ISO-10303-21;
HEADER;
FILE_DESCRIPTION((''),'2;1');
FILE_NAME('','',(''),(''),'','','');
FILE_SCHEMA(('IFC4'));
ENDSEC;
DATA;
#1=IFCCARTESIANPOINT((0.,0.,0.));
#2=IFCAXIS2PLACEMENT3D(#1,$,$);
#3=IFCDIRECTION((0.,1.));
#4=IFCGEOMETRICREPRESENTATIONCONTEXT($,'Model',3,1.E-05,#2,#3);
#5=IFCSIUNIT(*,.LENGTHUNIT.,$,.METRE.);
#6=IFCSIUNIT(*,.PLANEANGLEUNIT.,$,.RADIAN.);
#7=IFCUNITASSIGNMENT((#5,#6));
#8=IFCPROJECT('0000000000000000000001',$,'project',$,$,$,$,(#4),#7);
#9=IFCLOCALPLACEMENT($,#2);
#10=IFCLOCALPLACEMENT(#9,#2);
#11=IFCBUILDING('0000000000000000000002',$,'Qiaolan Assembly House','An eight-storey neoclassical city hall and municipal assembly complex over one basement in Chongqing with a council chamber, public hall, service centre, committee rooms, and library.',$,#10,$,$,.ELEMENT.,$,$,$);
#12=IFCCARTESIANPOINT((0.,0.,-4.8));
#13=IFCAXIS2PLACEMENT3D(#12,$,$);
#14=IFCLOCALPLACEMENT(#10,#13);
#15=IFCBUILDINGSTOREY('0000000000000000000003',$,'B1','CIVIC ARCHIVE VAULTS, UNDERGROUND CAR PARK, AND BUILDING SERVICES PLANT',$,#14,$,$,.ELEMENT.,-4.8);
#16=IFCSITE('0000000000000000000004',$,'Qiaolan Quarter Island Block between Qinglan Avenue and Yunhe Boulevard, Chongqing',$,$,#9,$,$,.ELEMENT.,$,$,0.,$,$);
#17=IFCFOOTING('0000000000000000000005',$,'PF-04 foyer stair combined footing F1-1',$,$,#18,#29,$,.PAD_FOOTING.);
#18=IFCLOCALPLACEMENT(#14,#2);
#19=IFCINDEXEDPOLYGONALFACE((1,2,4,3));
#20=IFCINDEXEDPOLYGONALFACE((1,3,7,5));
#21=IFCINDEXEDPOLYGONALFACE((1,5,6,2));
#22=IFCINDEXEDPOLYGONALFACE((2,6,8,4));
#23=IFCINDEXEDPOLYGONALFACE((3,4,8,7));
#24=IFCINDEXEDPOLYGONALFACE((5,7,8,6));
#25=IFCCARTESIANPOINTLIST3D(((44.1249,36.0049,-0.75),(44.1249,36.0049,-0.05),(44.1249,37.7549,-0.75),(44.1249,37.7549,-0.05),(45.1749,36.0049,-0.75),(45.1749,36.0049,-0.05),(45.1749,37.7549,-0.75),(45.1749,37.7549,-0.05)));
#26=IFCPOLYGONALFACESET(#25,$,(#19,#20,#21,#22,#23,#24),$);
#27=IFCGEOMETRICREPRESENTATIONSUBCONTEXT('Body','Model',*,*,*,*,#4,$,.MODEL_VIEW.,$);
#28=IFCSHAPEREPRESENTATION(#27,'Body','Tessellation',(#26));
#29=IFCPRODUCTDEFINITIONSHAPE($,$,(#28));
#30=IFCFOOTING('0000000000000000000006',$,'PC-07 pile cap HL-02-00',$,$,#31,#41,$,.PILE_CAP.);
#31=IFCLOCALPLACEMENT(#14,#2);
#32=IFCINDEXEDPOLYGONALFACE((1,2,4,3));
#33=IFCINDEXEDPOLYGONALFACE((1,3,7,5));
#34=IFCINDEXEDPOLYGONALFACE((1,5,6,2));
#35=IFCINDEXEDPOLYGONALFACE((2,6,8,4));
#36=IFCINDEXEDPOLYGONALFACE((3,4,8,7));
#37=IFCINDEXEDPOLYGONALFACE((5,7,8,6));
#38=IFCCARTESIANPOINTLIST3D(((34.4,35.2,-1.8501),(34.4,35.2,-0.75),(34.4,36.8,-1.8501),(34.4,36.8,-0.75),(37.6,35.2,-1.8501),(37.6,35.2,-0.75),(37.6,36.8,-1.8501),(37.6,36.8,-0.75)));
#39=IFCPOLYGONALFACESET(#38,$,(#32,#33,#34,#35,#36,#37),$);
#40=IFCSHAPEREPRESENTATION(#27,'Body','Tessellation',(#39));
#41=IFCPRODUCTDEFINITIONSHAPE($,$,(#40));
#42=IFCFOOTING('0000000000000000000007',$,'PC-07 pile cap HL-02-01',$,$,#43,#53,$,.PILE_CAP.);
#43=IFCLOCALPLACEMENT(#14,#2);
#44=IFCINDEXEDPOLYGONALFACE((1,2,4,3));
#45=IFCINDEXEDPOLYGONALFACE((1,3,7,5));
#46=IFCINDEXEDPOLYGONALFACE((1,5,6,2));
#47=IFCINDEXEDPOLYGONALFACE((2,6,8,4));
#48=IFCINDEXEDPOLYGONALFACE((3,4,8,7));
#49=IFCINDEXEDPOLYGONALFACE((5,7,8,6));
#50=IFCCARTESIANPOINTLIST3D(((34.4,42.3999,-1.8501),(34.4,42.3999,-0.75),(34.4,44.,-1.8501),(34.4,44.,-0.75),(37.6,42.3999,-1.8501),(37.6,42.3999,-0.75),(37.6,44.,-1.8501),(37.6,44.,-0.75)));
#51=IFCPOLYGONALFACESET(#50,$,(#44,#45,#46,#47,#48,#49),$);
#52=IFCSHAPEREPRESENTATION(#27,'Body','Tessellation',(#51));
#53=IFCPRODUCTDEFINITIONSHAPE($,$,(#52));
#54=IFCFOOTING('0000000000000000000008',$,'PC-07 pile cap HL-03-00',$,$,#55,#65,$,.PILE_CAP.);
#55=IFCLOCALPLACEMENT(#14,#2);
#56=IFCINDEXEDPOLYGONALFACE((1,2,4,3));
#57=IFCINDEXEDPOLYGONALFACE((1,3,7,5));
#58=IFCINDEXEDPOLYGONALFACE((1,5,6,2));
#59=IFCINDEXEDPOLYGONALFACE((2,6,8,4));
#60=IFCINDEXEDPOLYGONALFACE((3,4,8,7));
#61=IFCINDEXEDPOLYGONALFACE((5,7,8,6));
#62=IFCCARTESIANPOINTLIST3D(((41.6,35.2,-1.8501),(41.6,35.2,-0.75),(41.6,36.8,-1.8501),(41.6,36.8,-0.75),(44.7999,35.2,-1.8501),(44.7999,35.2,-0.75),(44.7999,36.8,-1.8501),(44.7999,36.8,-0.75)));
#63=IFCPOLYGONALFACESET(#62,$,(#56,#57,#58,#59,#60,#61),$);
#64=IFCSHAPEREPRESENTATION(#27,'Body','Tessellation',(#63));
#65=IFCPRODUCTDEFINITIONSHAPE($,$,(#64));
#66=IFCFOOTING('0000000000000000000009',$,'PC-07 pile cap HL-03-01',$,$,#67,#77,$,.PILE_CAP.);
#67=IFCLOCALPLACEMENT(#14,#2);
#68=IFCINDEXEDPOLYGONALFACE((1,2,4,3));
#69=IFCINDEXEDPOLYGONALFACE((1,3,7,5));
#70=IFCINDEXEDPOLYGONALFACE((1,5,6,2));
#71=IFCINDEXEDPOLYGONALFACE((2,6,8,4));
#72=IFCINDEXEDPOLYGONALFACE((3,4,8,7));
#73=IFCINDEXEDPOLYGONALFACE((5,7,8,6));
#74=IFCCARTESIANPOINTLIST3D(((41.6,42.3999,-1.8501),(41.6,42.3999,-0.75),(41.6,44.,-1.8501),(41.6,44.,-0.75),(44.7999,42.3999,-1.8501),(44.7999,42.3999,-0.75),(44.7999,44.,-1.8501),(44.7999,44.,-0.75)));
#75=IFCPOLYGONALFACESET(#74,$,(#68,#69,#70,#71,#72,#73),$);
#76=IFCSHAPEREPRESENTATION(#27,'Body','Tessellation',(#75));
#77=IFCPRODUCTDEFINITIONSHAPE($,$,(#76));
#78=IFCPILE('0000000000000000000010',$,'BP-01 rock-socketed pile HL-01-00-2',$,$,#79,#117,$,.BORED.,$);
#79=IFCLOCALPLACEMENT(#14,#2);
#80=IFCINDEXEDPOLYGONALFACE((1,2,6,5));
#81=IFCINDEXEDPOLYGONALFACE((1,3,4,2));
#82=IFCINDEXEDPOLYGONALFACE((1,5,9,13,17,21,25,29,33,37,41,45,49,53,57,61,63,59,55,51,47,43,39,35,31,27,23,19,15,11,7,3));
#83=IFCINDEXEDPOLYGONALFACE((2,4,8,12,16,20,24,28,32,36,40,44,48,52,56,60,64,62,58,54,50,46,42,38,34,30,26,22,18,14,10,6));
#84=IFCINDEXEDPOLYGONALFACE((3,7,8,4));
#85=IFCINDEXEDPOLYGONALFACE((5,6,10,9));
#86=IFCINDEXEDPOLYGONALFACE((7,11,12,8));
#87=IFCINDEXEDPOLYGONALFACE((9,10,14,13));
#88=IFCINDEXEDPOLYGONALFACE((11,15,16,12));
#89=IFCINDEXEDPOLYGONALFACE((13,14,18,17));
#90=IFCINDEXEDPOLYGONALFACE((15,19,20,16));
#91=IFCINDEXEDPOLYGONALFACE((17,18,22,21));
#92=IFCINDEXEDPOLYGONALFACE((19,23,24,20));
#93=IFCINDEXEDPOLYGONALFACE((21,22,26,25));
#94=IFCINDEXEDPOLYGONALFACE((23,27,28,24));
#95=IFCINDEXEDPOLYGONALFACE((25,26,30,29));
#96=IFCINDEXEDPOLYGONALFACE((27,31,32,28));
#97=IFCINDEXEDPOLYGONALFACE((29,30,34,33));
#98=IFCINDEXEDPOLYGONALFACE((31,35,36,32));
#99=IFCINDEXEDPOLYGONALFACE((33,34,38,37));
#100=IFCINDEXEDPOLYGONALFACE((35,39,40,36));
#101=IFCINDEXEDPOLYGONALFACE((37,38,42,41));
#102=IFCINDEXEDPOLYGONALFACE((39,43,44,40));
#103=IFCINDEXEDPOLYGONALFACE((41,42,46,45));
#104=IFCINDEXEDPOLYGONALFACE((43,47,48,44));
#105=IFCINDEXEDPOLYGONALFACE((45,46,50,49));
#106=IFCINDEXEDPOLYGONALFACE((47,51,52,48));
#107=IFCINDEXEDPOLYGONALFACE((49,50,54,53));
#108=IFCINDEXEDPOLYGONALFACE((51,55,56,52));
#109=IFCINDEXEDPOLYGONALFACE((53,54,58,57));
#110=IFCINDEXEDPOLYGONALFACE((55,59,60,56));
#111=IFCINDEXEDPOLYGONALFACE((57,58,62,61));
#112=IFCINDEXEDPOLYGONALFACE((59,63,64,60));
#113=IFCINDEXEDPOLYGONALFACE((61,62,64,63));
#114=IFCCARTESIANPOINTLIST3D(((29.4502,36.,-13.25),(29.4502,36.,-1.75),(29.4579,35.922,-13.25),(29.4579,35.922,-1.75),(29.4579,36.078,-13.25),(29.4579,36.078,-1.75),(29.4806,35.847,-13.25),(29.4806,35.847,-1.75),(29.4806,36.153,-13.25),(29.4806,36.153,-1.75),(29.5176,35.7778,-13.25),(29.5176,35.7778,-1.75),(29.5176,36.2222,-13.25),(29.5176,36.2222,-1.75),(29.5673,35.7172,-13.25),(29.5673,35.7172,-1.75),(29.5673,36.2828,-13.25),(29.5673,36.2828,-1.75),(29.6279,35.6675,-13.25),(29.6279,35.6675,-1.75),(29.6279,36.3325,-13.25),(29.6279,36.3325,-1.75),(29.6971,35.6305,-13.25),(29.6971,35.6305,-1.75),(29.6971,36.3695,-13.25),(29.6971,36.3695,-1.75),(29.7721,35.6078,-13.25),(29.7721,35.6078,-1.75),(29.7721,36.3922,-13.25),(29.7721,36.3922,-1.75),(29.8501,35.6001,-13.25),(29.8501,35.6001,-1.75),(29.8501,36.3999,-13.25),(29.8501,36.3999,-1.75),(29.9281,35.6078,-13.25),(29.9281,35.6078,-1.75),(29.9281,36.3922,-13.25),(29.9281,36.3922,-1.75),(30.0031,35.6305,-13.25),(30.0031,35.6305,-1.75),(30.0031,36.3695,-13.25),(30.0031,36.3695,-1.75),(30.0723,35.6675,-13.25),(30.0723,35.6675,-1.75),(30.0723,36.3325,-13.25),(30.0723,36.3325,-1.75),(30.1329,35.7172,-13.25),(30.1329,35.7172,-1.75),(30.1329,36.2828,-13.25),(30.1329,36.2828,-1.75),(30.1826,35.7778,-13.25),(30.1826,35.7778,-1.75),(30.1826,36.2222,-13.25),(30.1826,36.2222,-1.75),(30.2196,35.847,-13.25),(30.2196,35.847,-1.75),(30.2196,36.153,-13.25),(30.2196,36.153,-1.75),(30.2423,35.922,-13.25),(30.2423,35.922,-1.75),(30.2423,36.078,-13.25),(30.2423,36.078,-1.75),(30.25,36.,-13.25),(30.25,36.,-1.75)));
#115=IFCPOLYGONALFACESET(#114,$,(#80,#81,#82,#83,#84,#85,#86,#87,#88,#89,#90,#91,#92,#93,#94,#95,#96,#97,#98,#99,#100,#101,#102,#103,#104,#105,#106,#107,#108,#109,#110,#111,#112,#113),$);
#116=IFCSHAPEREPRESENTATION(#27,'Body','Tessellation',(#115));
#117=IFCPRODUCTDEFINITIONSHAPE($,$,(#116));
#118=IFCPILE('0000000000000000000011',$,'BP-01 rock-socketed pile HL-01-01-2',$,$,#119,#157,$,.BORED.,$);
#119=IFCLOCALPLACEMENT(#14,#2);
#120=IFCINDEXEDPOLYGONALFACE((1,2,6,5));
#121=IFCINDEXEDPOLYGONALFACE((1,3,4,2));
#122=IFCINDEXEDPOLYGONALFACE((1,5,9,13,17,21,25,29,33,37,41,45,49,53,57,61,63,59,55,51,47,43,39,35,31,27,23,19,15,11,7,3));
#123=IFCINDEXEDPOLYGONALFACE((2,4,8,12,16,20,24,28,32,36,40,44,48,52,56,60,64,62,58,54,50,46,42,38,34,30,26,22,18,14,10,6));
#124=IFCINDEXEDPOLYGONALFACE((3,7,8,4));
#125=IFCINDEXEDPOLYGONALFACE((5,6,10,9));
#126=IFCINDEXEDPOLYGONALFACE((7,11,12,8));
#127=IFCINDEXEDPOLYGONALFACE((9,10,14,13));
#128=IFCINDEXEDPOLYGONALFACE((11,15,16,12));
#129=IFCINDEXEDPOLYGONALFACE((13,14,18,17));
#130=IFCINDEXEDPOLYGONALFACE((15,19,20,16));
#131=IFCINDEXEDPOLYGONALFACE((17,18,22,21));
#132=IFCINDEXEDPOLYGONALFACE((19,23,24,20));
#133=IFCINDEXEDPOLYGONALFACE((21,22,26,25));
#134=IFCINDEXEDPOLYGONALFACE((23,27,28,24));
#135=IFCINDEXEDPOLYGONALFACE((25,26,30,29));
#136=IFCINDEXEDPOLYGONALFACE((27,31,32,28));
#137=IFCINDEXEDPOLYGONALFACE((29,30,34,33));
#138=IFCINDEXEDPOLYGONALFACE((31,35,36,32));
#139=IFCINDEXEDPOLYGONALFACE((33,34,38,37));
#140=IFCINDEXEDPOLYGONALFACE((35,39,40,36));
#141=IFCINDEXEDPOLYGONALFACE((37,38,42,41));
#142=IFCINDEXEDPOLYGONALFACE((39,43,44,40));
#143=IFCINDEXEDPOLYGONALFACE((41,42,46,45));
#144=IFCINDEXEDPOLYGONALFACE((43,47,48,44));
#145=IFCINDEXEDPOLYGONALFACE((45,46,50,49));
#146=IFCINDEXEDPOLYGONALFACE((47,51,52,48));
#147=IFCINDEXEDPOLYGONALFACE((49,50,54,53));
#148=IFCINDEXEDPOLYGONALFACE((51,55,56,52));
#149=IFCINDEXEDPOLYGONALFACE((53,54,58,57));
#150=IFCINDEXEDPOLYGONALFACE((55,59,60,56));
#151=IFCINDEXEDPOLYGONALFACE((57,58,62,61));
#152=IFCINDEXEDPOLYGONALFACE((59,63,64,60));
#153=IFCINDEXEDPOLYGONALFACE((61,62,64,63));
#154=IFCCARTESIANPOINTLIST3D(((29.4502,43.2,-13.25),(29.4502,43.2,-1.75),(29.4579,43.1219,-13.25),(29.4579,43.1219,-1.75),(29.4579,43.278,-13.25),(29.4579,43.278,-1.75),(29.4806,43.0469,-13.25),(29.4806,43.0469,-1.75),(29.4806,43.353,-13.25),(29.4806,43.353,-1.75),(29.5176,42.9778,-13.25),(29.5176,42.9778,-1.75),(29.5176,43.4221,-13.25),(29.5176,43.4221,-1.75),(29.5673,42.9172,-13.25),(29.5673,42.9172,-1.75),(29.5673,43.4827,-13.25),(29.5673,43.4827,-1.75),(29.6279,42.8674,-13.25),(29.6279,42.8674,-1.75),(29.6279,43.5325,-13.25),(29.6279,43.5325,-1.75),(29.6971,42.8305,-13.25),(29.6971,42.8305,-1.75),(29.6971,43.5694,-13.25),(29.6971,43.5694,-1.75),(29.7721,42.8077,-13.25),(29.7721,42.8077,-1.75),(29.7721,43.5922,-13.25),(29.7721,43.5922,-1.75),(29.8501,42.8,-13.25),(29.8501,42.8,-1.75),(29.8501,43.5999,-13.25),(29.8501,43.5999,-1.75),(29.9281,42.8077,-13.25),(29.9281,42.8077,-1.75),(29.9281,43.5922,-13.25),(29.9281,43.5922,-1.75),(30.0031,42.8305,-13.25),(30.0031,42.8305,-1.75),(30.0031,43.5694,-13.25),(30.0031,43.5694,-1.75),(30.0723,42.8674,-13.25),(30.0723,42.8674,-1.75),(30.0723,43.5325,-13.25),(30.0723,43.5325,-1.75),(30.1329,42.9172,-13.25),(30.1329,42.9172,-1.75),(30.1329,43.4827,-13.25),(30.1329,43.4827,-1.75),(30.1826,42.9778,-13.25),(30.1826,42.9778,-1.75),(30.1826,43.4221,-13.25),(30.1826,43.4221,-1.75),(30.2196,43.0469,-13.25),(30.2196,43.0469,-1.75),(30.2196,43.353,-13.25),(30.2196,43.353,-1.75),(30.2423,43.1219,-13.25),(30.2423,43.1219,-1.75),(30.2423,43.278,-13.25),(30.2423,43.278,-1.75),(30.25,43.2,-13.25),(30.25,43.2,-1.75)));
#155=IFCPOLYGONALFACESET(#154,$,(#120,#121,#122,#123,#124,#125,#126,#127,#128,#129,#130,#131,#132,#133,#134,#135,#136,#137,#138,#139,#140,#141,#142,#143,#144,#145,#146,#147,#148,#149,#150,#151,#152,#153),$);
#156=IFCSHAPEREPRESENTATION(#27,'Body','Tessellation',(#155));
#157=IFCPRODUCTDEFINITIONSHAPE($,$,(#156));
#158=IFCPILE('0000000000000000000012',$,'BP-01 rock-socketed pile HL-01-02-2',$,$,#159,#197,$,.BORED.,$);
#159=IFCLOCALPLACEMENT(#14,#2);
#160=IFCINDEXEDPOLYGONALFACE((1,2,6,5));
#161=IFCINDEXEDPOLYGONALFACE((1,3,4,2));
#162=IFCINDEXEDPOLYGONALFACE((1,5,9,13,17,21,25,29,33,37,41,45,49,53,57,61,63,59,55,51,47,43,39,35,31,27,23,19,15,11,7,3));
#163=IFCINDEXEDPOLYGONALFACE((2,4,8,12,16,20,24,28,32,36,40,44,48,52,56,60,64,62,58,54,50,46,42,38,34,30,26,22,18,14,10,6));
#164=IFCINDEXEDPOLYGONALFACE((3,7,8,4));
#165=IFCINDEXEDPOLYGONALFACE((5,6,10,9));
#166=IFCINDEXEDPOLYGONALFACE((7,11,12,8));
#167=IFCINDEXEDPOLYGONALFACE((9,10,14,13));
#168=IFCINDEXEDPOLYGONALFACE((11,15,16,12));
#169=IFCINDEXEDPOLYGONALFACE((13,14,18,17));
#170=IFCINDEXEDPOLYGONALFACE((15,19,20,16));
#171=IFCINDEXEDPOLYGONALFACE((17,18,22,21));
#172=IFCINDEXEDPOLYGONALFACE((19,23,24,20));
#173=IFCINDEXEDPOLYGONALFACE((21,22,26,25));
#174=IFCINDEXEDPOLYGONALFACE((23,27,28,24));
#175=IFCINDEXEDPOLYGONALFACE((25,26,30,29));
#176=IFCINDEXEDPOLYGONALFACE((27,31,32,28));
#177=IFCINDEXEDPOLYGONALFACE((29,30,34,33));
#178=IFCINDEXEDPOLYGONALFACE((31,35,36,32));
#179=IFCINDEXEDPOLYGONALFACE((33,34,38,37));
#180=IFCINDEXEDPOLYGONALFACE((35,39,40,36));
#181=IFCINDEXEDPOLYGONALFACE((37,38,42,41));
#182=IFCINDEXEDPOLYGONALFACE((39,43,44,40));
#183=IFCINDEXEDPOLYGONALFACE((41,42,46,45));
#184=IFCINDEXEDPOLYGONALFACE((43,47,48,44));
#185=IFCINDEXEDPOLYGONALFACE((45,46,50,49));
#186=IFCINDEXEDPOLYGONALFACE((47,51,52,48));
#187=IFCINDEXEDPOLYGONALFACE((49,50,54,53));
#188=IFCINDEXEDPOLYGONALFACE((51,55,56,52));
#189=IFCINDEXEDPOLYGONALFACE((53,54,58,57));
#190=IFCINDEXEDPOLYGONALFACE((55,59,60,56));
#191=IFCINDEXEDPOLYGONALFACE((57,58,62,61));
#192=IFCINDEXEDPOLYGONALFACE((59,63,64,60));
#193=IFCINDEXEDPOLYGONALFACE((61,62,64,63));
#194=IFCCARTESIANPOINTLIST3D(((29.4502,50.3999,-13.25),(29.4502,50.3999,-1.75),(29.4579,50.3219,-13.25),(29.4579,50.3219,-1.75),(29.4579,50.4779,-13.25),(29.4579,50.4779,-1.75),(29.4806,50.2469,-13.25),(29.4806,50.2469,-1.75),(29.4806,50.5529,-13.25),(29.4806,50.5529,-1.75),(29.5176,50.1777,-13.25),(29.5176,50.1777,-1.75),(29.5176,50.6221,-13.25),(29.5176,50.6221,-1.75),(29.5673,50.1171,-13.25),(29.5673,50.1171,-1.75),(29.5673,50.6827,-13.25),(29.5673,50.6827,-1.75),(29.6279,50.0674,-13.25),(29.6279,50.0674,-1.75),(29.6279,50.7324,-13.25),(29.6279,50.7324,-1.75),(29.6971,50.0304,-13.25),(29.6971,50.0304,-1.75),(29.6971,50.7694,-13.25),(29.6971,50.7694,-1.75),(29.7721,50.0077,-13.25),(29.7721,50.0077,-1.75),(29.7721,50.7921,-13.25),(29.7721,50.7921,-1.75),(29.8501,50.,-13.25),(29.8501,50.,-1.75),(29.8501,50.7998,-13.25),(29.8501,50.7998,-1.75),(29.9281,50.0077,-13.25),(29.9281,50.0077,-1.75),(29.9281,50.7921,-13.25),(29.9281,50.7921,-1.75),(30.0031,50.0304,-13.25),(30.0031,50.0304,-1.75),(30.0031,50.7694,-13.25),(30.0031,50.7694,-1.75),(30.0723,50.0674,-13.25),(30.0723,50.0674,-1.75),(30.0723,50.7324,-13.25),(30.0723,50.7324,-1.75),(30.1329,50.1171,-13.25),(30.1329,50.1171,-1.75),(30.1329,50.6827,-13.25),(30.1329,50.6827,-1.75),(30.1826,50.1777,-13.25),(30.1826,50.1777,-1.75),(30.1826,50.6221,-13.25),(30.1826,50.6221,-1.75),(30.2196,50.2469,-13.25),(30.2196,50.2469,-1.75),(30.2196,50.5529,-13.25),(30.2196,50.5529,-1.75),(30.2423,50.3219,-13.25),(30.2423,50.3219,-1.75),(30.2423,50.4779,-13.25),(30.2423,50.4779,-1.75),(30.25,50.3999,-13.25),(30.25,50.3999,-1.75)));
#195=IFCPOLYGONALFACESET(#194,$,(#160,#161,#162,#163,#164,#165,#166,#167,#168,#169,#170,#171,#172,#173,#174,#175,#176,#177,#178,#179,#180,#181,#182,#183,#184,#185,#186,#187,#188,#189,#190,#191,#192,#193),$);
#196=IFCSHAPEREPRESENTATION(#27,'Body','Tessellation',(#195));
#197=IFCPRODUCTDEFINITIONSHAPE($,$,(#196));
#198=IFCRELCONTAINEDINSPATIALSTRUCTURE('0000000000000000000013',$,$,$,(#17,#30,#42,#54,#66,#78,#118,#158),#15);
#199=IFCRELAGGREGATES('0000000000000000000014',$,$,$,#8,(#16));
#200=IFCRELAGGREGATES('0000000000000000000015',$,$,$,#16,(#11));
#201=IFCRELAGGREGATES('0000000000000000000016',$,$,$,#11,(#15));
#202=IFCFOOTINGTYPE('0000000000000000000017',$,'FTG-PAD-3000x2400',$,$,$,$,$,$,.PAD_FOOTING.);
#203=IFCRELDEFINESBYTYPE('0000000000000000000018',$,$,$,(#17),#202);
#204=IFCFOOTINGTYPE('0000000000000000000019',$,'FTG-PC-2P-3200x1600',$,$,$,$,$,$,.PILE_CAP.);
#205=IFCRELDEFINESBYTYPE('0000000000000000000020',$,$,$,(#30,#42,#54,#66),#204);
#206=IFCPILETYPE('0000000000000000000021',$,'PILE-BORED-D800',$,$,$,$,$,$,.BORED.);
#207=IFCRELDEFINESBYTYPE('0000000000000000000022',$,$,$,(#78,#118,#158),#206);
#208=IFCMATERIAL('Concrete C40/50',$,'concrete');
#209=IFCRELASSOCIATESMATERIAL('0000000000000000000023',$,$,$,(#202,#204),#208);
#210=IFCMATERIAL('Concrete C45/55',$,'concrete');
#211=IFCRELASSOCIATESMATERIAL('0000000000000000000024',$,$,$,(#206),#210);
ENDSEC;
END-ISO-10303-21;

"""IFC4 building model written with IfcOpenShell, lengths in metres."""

from ifc_helpers import new_model, si_unit, direction, frame, origin, origin_2d, place, context, subcontext, project, spatial, rectangle, circle, extrude, material, material_profile, profile_set, type_object, element, save


model = new_model("IFC4")

# Units and contexts
model_context = context("Model", 3, precision=1e-05, world=origin(), true_north=direction((0.0, 1.0)))
body_context = subcontext(model_context, "Body", "Model", "MODEL_VIEW")
ifc_project = project(units=[si_unit("LENGTHUNIT", "METRE"), si_unit("PLANEANGLEUNIT", "RADIAN")], contexts=[model_context])

# Site, building, storey
site_placement = place(None, origin())
site = spatial("IfcSite", under=ifc_project, at=site_placement, Name="Qiaolan Quarter Island Block between Qinglan Avenue and Yunhe Boulevard, Chongqing", CompositionType="ELEMENT", RefElevation=0.0)
building_placement = place(site_placement, origin())
building = spatial("IfcBuilding", under=site, at=building_placement, Name="Qiaolan Assembly House", Description="An eight-storey neoclassical city hall and municipal assembly complex over one basement in Chongqing with a council chamber, public hall, service centre, committee rooms, and library.", CompositionType="ELEMENT")
storey_placement = place(building_placement, frame((0.0, 0.0, -4.8)))
storey = spatial("IfcBuildingStorey", under=building, at=storey_placement, Name="B1", Description="CIVIC ARCHIVE VAULTS, UNDERGROUND CAR PARK, AND BUILDING SERVICES PLANT", CompositionType="ELEMENT", Elevation=-4.8)

# Footings
ifc_material_1 = material(Name="Concrete C40/50", Category="concrete")
footing_type_1 = type_object("IfcFootingType", Name="FTG-PAD-3000x2400", PredefinedType="PAD_FOOTING", material=ifc_material_1)
footing_placement = place(storey_placement, frame((44.6499, 36.8799, -0.75), z_axis=(0.0, 0.0, 1.0), x_axis=(1.0, 0.0, 0.0)))
element("IfcFooting", 1, at=footing_placement, inside=storey, type_object=footing_type_1, Name="PF-04 foyer stair combined footing F1-1", PredefinedType="PAD_FOOTING", context=body_context, shape_type="SweptSolid", body=[
    extrude(rectangle(XDim=1.05, YDim=1.75, at=origin_2d()), origin(), (0.0, 0.0, 1.0), 0.7),
])
footing_type_2 = type_object("IfcFootingType", Name="FTG-PC-2P-3200x1600", PredefinedType="PILE_CAP", material=ifc_material_1)
for number, where, z_axis, x_axis, name in (
    (2, (36.0, 36.0, -1.8501), (0.0, 0.0, 1.0), (1.0, 0.0, 0.0), "PC-07 pile cap HL-02-00"),
    (3, (36.0, 43.2, -1.8501), (0.0, 0.0, 1.0), (1.0, 0.0, 0.0), "PC-07 pile cap HL-02-01"),
    (4, (43.2, 36.0, -1.8501), (0.0, 0.0, 1.0), (1.0, 0.0, 0.0), "PC-07 pile cap HL-03-00"),
    (5, (43.2, 43.2, -1.8501), (0.0, 0.0, 1.0), (1.0, 0.0, 0.0), "PC-07 pile cap HL-03-01"),
):
    element("IfcFooting", number, at=place(storey_placement, frame(where, z_axis=z_axis, x_axis=x_axis)), inside=storey, type_object=footing_type_2, Name=name, PredefinedType="PILE_CAP", context=body_context, shape_type="SweptSolid", body=[
        extrude(rectangle(XDim=3.2, YDim=1.6001, at=origin_2d()), origin(), (0.0, 0.0, 1.0), 1.1001),
    ])

# Piles
ifc_material_2 = material(Name="Concrete C45/55", Category="concrete")
ifc_material_profile_1 = material_profile(ifc_material_2, circle(Radius=0.3999, at=origin_2d()), Name="PILE D800")
ifc_profile_set_1 = profile_set([ifc_material_profile_1], Name="Concrete C45/55")
pile_type = type_object("IfcPileType", Name="PILE-BORED-D800", PredefinedType="BORED", material=ifc_profile_set_1)
for number, where, z_axis, x_axis, name in (
    (6, (29.8501, 36.0, -1.75), (0.0, 0.0, -1.0), (1.0, 0.0, 0.0), "BP-01 rock-socketed pile HL-01-00-2"),
    (7, (29.8501, 43.2, -1.75), (0.0, 0.0, -1.0), (1.0, 0.0, 0.0), "BP-01 rock-socketed pile HL-01-01-2"),
    (8, (29.8501, 50.3999, -1.75), (0.0, 0.0, -1.0), (1.0, 0.0, 0.0), "BP-01 rock-socketed pile HL-01-02-2"),
):
    element("IfcPile", number, at=place(storey_placement, frame(where, z_axis=z_axis, x_axis=x_axis)), inside=storey, type_object=pile_type, Name=name, PredefinedType="BORED", context=body_context, shape_type="SweptSolid", body=[
        extrude(circle(Radius=0.3999, at=origin_2d()), origin(), (0.0, 0.0, 1.0), 11.5),
    ])

save(model, "model.ifc")
